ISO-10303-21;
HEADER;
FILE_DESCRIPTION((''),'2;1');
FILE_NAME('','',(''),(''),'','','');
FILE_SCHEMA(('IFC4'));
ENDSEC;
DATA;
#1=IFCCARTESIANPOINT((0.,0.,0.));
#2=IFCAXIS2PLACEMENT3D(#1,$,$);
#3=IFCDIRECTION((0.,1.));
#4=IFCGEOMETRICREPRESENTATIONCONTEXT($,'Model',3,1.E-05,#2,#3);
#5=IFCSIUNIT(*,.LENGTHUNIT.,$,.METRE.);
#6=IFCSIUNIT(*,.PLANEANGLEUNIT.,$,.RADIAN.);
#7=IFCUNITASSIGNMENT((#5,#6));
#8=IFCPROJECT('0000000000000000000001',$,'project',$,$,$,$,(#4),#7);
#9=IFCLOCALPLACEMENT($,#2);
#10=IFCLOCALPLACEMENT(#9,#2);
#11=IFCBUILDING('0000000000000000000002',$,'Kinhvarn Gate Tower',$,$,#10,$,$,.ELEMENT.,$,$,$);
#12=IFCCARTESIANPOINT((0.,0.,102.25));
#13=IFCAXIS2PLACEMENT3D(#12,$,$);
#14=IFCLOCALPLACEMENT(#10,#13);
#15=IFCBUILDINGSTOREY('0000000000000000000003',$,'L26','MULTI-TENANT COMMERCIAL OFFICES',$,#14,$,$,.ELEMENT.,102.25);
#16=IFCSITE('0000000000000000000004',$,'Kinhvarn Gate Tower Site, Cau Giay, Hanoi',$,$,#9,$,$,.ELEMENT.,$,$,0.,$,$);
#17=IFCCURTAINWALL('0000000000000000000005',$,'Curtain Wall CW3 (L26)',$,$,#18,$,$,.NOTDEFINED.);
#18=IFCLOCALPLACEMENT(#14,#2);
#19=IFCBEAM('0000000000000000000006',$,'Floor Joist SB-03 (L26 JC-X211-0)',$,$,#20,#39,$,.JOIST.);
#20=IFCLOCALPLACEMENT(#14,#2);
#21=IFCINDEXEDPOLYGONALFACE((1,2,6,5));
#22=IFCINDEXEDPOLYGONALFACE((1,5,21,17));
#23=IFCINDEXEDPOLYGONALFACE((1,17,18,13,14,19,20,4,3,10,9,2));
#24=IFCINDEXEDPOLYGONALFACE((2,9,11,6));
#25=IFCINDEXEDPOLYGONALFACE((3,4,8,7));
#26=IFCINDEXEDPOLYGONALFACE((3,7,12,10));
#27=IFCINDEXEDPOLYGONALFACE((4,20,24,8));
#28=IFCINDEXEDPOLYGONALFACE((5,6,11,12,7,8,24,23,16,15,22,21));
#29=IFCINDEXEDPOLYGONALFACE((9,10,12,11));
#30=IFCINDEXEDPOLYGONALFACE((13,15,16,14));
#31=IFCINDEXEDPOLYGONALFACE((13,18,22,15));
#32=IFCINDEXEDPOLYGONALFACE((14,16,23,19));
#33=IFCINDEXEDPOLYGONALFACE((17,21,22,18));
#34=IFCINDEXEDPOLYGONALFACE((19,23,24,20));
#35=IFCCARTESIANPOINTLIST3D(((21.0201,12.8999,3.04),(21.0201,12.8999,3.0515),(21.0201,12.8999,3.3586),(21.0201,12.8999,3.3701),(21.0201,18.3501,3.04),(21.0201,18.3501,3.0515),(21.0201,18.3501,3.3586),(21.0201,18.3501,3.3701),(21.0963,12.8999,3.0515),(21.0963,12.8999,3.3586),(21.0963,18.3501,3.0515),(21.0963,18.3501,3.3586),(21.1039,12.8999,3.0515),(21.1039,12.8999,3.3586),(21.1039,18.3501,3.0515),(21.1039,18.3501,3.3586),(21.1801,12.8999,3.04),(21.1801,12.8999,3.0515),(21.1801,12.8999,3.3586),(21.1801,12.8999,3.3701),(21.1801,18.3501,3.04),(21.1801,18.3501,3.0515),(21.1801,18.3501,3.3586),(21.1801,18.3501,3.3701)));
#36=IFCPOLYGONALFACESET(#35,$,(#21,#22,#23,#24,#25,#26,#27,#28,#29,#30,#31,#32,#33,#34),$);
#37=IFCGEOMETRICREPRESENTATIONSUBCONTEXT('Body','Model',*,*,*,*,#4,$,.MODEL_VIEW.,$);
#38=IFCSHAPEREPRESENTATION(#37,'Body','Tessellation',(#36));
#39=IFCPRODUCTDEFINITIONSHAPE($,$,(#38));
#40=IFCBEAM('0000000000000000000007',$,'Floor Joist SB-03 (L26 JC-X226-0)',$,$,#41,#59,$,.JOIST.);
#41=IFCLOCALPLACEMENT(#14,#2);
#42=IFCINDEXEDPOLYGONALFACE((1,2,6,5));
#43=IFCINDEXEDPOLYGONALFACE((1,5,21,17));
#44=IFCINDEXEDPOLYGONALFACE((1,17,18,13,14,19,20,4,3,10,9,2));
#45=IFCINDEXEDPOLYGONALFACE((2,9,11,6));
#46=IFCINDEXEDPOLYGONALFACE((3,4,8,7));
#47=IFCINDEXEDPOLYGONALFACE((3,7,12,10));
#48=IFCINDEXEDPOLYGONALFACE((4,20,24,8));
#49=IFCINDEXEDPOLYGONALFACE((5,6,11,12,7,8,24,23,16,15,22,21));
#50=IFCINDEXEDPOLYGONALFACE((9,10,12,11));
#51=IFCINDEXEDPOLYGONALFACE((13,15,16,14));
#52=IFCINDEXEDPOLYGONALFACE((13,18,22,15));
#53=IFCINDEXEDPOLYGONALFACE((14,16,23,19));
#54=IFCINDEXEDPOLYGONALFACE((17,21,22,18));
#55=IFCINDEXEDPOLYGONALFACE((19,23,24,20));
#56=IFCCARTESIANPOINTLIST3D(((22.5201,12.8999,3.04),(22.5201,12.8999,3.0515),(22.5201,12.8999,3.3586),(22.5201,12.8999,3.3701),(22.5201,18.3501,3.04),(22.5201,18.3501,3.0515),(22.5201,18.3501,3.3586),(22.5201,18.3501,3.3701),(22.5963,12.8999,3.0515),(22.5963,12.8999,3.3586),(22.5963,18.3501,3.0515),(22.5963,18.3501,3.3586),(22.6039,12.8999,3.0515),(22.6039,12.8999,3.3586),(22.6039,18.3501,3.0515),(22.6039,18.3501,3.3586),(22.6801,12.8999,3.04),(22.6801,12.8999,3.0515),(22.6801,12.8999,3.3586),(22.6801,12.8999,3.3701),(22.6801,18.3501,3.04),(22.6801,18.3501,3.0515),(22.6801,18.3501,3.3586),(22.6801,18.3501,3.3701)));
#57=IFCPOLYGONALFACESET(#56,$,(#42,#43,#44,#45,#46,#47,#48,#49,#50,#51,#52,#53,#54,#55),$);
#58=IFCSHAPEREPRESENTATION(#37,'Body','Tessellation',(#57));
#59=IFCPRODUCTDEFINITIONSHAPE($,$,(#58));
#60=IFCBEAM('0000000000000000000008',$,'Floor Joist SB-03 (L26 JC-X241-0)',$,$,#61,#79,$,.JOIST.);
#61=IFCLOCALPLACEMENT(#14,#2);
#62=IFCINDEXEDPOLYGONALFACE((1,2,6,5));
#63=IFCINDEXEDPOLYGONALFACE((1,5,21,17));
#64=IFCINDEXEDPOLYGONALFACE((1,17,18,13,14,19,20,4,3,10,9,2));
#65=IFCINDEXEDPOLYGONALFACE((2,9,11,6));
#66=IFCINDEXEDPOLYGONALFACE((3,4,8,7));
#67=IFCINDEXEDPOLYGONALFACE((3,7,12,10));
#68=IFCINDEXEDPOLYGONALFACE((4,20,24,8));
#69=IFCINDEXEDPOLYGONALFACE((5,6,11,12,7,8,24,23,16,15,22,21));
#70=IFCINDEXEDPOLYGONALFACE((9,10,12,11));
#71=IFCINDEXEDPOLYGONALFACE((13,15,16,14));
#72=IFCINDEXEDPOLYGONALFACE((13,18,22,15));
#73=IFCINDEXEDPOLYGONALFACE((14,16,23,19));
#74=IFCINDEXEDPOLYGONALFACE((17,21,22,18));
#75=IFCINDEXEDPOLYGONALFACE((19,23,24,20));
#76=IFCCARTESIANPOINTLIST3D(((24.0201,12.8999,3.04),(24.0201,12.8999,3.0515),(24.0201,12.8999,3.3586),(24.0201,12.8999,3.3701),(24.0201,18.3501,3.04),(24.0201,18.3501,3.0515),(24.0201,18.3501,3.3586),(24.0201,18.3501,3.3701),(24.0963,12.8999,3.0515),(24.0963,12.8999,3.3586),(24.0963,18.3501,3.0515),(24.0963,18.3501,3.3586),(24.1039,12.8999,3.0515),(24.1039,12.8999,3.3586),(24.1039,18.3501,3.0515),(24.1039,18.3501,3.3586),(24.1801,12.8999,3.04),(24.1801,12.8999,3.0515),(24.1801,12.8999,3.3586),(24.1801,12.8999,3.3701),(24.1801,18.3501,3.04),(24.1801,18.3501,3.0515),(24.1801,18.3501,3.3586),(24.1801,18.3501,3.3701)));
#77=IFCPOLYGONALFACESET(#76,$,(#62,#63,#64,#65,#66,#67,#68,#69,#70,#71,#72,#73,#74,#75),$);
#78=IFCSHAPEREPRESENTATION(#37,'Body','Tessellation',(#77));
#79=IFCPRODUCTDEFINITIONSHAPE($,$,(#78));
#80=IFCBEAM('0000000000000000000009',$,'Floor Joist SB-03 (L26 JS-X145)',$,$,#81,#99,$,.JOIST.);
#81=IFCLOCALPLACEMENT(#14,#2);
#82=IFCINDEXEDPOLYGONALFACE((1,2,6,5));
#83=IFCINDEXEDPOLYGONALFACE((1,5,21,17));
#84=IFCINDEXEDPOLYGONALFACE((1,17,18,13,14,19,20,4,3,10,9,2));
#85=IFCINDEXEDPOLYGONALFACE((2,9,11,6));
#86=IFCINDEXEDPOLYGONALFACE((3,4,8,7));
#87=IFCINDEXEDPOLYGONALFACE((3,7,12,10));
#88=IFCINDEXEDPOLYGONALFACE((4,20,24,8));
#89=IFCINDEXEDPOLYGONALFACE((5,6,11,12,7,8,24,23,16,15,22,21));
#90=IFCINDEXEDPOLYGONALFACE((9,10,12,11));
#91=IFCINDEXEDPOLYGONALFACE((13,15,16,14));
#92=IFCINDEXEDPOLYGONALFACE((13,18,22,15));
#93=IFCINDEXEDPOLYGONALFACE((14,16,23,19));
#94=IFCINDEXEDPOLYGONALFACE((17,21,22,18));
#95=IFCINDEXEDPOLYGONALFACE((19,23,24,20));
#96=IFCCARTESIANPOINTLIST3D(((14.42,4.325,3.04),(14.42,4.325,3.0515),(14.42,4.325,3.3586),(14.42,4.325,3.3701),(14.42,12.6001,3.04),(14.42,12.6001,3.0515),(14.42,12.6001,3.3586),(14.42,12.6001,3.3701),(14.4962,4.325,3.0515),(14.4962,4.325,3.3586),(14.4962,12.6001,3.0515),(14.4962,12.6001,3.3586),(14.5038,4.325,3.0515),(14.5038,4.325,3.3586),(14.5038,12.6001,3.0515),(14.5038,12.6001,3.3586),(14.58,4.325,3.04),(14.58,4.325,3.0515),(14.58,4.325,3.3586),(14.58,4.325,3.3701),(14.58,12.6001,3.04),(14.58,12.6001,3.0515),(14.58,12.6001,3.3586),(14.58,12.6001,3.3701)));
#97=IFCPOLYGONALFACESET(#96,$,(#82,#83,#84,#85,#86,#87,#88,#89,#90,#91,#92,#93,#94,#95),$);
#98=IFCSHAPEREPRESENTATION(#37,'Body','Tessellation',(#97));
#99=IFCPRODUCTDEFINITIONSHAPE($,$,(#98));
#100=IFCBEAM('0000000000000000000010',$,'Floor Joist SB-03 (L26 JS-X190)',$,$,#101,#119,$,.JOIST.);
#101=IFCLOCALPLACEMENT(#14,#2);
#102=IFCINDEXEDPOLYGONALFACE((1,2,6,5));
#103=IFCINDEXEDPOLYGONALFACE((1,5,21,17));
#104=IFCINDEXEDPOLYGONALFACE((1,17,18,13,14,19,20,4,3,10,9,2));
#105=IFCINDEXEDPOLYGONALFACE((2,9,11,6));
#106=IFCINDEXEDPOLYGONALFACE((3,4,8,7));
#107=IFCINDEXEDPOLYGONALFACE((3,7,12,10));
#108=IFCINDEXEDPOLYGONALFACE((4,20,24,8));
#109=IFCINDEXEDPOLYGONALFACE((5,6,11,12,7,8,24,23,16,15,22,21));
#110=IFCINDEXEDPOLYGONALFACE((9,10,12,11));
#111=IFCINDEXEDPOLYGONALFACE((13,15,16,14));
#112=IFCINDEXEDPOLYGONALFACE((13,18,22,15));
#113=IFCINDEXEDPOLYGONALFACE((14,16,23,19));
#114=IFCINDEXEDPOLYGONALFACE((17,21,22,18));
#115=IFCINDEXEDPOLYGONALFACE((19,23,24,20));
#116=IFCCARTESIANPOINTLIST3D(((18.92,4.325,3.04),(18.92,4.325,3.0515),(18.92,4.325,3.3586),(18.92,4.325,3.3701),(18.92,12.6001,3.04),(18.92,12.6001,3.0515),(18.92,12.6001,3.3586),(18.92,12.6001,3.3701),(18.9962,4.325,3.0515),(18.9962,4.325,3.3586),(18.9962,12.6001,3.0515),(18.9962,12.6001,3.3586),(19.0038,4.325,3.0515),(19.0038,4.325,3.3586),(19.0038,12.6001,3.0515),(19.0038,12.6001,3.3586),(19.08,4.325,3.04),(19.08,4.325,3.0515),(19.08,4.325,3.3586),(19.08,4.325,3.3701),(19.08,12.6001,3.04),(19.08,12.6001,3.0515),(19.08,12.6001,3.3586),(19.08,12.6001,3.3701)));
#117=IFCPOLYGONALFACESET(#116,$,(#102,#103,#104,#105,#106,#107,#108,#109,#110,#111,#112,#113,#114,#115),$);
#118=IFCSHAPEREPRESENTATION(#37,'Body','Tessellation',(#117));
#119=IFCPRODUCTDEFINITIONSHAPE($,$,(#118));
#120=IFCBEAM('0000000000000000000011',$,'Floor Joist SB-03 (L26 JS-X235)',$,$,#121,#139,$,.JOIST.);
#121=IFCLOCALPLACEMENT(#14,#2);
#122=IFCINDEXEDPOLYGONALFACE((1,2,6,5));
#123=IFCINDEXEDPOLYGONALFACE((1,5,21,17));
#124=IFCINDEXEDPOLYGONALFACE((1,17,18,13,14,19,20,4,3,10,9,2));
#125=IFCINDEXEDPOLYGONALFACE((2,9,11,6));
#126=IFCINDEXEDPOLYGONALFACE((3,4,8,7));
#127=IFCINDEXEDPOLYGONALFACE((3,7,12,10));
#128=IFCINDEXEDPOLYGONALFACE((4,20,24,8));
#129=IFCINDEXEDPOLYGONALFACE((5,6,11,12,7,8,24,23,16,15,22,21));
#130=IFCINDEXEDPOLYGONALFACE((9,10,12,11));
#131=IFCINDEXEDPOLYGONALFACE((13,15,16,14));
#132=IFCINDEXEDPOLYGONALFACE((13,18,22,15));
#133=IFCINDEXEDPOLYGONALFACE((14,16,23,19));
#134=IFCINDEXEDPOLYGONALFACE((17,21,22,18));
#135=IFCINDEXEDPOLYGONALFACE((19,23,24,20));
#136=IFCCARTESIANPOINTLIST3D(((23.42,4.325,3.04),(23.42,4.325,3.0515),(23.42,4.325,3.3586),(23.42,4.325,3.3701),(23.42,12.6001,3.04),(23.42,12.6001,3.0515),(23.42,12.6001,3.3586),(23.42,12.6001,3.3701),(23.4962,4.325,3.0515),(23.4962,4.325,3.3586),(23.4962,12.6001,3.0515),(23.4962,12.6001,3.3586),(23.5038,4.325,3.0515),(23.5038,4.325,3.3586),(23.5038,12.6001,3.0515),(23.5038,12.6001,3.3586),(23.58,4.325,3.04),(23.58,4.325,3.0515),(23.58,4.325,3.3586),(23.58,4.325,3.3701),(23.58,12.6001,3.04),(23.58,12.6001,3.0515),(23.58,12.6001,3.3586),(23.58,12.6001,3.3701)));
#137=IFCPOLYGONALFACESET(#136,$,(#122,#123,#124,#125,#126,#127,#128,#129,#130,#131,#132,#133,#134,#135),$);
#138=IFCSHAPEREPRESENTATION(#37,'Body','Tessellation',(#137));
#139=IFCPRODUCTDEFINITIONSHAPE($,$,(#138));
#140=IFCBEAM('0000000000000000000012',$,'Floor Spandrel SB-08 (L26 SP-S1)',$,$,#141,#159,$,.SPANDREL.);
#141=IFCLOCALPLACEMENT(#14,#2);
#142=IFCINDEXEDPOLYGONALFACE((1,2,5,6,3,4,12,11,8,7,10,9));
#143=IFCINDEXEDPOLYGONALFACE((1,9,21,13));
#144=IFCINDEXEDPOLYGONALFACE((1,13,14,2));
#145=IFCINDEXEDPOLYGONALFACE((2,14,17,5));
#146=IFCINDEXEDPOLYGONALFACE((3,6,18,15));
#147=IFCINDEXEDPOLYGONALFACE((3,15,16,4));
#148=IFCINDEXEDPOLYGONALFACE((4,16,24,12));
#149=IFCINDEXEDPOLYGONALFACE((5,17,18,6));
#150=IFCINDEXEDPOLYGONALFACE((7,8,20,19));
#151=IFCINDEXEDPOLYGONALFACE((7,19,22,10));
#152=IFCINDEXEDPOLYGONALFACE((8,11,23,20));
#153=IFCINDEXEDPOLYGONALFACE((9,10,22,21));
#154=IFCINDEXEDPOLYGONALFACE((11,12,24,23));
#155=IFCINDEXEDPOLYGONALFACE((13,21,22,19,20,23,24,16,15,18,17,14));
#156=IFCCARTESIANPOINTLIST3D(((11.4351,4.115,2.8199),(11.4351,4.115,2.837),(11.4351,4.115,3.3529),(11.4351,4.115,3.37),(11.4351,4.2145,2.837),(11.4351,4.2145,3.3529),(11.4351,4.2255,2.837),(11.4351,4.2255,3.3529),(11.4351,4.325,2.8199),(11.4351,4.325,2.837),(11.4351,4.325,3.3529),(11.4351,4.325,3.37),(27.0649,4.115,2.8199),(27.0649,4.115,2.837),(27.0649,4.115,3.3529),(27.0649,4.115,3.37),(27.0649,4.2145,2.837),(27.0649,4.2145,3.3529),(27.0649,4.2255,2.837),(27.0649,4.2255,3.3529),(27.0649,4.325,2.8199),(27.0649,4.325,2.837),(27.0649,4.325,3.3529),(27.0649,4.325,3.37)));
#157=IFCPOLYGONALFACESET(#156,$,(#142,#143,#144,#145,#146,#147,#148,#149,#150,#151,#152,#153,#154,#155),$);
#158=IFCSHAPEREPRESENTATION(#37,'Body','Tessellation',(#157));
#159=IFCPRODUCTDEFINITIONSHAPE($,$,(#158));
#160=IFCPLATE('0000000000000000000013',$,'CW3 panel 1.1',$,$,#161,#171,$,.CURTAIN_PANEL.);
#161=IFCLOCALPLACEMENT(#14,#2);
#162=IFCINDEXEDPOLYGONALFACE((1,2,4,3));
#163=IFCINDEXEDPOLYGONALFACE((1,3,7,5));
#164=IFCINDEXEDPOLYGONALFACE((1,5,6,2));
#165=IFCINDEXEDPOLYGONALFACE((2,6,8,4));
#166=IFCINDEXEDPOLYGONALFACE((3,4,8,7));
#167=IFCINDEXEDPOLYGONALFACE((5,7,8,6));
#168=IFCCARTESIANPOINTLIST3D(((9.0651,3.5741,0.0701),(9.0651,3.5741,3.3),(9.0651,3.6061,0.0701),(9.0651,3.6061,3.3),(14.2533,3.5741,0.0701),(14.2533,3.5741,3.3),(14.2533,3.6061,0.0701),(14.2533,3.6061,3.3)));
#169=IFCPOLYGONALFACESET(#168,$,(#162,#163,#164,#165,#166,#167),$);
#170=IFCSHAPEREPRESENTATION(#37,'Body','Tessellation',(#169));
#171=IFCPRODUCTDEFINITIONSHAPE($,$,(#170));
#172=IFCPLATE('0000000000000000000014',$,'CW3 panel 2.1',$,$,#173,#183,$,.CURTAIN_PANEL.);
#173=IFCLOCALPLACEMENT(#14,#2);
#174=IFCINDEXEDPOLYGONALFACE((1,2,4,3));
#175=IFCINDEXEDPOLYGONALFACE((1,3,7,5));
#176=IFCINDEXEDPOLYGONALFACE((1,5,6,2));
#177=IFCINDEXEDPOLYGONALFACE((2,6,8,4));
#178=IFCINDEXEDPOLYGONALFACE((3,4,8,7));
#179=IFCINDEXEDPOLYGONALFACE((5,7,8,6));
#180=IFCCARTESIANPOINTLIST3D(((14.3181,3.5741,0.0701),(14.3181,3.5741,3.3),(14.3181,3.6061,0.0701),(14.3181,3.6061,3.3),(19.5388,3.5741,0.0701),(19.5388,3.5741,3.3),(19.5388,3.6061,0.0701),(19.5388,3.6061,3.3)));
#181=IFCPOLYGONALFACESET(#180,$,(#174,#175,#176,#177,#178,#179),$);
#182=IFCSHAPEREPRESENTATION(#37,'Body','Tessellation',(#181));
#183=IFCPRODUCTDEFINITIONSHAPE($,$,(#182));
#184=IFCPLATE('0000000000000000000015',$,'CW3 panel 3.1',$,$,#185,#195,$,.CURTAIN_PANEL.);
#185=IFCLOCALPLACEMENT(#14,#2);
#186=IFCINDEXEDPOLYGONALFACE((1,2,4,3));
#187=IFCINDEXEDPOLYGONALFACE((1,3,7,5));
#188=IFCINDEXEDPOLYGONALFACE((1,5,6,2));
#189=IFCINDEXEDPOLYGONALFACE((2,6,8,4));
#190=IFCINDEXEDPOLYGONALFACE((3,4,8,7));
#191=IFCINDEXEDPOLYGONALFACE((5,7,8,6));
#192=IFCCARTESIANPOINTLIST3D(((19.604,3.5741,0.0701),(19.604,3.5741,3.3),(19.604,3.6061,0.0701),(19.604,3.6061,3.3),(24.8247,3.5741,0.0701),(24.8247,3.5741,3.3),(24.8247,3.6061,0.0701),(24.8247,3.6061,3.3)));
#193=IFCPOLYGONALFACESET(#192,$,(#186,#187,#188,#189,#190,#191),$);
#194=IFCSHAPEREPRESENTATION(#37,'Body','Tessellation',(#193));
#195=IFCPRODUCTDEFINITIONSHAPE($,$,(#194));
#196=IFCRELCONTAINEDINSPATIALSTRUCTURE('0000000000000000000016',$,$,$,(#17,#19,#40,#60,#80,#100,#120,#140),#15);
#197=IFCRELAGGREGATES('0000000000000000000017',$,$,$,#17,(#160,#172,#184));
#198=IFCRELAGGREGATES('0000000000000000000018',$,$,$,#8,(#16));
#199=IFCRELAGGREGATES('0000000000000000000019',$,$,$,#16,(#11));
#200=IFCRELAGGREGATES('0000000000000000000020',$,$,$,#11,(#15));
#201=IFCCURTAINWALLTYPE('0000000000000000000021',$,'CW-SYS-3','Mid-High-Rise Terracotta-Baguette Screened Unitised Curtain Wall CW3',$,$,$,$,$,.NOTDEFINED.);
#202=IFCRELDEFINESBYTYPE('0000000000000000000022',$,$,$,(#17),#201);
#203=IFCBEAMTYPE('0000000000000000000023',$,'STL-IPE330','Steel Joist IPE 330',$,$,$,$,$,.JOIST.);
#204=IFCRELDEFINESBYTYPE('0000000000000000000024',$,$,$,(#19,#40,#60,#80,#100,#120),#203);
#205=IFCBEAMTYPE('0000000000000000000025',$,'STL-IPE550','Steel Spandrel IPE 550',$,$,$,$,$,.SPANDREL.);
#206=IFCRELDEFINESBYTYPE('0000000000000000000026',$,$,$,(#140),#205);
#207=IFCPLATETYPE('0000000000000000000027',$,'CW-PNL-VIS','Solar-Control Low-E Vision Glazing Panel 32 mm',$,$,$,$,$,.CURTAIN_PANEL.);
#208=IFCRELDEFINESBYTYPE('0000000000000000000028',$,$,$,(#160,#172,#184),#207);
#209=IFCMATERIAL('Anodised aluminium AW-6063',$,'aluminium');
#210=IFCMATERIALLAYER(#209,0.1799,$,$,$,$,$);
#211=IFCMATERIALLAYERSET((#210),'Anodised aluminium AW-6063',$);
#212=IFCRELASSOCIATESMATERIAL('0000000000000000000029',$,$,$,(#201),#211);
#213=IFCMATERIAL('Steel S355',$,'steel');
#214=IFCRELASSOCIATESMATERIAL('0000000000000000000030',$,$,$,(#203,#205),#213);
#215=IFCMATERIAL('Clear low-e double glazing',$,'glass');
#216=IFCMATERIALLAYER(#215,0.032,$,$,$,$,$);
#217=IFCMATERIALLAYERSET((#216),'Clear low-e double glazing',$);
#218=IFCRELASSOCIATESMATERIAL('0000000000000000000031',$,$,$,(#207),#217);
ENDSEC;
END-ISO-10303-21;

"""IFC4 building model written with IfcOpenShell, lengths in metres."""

from ifc_helpers import new_model, si_unit, direction, frame, origin, origin_2d, place, context, subcontext, project, spatial, rectangle, i_section, extrude, material, layer, layer_set, material_profile, profile_set, type_object, element, aggregate, save


model = new_model("IFC4")

# Units and contexts
model_context = context("Model", 3, precision=1e-05, world=origin(), true_north=direction((0.0, 1.0)))
body_context = subcontext(model_context, "Body", "Model", "MODEL_VIEW")
ifc_project = project(units=[si_unit("LENGTHUNIT", "METRE"), si_unit("PLANEANGLEUNIT", "RADIAN")], contexts=[model_context])

# Site, building, storey
site_placement = place(None, origin())
site = spatial("IfcSite", under=ifc_project, at=site_placement, Name="Kinhvarn Gate Tower Site, Cau Giay, Hanoi", CompositionType="ELEMENT", RefElevation=0.0)
building_placement = place(site_placement, origin())
building = spatial("IfcBuilding", under=site, at=building_placement, Name="Kinhvarn Gate Tower", CompositionType="ELEMENT")
storey_placement = place(building_placement, frame((0.0, 0.0, 102.25)))
storey = spatial("IfcBuildingStorey", under=building, at=storey_placement, Name="L26", Description="MULTI-TENANT COMMERCIAL OFFICES", CompositionType="ELEMENT", Elevation=102.25)

# Curtain wall
ifc_material_1 = material(Name="Anodised aluminium AW-6063", Category="aluminium")
ifc_layer_1 = layer(ifc_material_1, 0.1799)
ifc_layer_set_1 = layer_set([ifc_layer_1], Name="Anodised aluminium AW-6063")
curtain_wall_type = type_object("IfcCurtainWallType", Name="CW-SYS-3", Description="Mid-High-Rise Terracotta-Baguette Screened Unitised Curtain Wall CW3", PredefinedType="NOTDEFINED", material=ifc_layer_set_1)
curtain_wall_placement = place(storey_placement, origin())
curtain_wall = element("IfcCurtainWall", 1, at=curtain_wall_placement, inside=storey, type_object=curtain_wall_type, Name="Curtain Wall CW3 (L26)", PredefinedType="NOTDEFINED")

# Beams
ifc_material_2 = material(Name="Steel S355", Category="steel")
ifc_material_profile_1 = material_profile(ifc_material_2, i_section(OverallWidth=0.1599, OverallDepth=0.3301, WebThickness=0.0076, FlangeThickness=0.0115, at=origin_2d()), Name="IPE 330")
ifc_profile_set_1 = profile_set([ifc_material_profile_1], Name="Steel S355")
beam_type_1 = type_object("IfcBeamType", Name="STL-IPE330", Description="Steel Joist IPE 330", PredefinedType="JOIST", material=ifc_profile_set_1)
for number, where, z_axis, x_axis, name in (
    (2, (21.1001, 12.8999, 3.2051), (0.0, 1.0, 0.0), (-1.0, 0.0, 0.0), "Floor Joist SB-03 (L26 JC-X211-0)"),
    (3, (22.6001, 12.8999, 3.2051), (0.0, 1.0, 0.0), (-1.0, 0.0, 0.0), "Floor Joist SB-03 (L26 JC-X226-0)"),
    (4, (24.1001, 12.8999, 3.2051), (0.0, 1.0, 0.0), (-1.0, 0.0, 0.0), "Floor Joist SB-03 (L26 JC-X241-0)"),
):
    element("IfcBeam", number, at=place(storey_placement, frame(where, z_axis=z_axis, x_axis=x_axis)), inside=storey, type_object=beam_type_1, Name=name, PredefinedType="JOIST", context=body_context, shape_type="SweptSolid", body=[
        extrude(i_section(OverallWidth=0.1599, OverallDepth=0.3301, WebThickness=0.0076, FlangeThickness=0.0115, at=origin_2d()), origin(), (0.0, 0.0, 1.0), 5.4502),
    ])
for number, where, z_axis, x_axis, name in (
    (5, (14.5, 4.325, 3.2051), (0.0, 1.0, 0.0), (-1.0, 0.0, 0.0), "Floor Joist SB-03 (L26 JS-X145)"),
    (6, (19.0, 4.325, 3.2051), (0.0, 1.0, 0.0), (-1.0, 0.0, 0.0), "Floor Joist SB-03 (L26 JS-X190)"),
    (7, (23.5, 4.325, 3.2051), (0.0, 1.0, 0.0), (-1.0, 0.0, 0.0), "Floor Joist SB-03 (L26 JS-X235)"),
):
    element("IfcBeam", number, at=place(storey_placement, frame(where, z_axis=z_axis, x_axis=x_axis)), inside=storey, type_object=beam_type_1, Name=name, PredefinedType="JOIST", context=body_context, shape_type="SweptSolid", body=[
        extrude(i_section(OverallWidth=0.1599, OverallDepth=0.3301, WebThickness=0.0076, FlangeThickness=0.0115, at=origin_2d()), origin(), (0.0, 0.0, 1.0), 8.2751),
    ])
ifc_material_profile_2 = material_profile(ifc_material_2, i_section(OverallWidth=0.21, OverallDepth=0.55, WebThickness=0.011, FlangeThickness=0.0171, at=origin_2d()), Name="IPE 550")
ifc_profile_set_2 = profile_set([ifc_material_profile_2], Name="Steel S355")
beam_type_2 = type_object("IfcBeamType", Name="STL-IPE550", Description="Steel Spandrel IPE 550", PredefinedType="SPANDREL", material=ifc_profile_set_2)
beam_1_placement = place(storey_placement, frame((11.4351, 4.22, 3.095), z_axis=(1.0, 0.0, 0.0), x_axis=(0.0, 1.0, 0.0)))
element("IfcBeam", 8, at=beam_1_placement, inside=storey, type_object=beam_type_2, Name="Floor Spandrel SB-08 (L26 SP-S1)", PredefinedType="SPANDREL", context=body_context, shape_type="SweptSolid", body=[
    extrude(i_section(OverallWidth=0.21, OverallDepth=0.55, WebThickness=0.011, FlangeThickness=0.0171, at=origin_2d()), origin(), (0.0, 0.0, 1.0), 15.6299),
])

# Plates
ifc_material_3 = material(Name="Clear low-e double glazing", Category="glass")
ifc_layer_2 = layer(ifc_material_3, 0.032)
ifc_layer_set_2 = layer_set([ifc_layer_2], Name="Clear low-e double glazing")
plate_type = type_object("IfcPlateType", Name="CW-PNL-VIS", Description="Solar-Control Low-E Vision Glazing Panel 32 mm", PredefinedType="CURTAIN_PANEL", material=ifc_layer_set_2)
plate_1_placement = place(storey_placement, frame((11.6592, 3.5901, 0.0701), z_axis=(0.0, 0.0, 1.0), x_axis=(1.0, 0.0, 0.0)))
plate_1 = element("IfcPlate", 9, at=plate_1_placement, type_object=plate_type, Name="CW3 panel 1.1", PredefinedType="CURTAIN_PANEL", context=body_context, shape_type="SweptSolid", body=[
    extrude(rectangle(XDim=5.1882, YDim=0.032, at=origin_2d()), origin(), (0.0, 0.0, 1.0), 3.23),
])
plate_2_placement = place(storey_placement, frame((16.9285, 3.5901, 0.0701), z_axis=(0.0, 0.0, 1.0), x_axis=(1.0, 0.0, 0.0)))
plate_2 = element("IfcPlate", 10, at=plate_2_placement, type_object=plate_type, Name="CW3 panel 2.1", PredefinedType="CURTAIN_PANEL", context=body_context, shape_type="SweptSolid", body=[
    extrude(rectangle(XDim=5.2207, YDim=0.032, at=origin_2d()), origin(), (0.0, 0.0, 1.0), 3.23),
])
plate_3_placement = place(storey_placement, frame((22.2144, 3.5901, 0.0701), z_axis=(0.0, 0.0, 1.0), x_axis=(1.0, 0.0, 0.0)))
plate_3 = element("IfcPlate", 11, at=plate_3_placement, type_object=plate_type, Name="CW3 panel 3.1", PredefinedType="CURTAIN_PANEL", context=body_context, shape_type="SweptSolid", body=[
    extrude(rectangle(XDim=5.2207, YDim=0.032, at=origin_2d()), origin(), (0.0, 0.0, 1.0), 3.23),
])
aggregate(curtain_wall, [plate_1, plate_2, plate_3])

save(model, "model.ifc")
